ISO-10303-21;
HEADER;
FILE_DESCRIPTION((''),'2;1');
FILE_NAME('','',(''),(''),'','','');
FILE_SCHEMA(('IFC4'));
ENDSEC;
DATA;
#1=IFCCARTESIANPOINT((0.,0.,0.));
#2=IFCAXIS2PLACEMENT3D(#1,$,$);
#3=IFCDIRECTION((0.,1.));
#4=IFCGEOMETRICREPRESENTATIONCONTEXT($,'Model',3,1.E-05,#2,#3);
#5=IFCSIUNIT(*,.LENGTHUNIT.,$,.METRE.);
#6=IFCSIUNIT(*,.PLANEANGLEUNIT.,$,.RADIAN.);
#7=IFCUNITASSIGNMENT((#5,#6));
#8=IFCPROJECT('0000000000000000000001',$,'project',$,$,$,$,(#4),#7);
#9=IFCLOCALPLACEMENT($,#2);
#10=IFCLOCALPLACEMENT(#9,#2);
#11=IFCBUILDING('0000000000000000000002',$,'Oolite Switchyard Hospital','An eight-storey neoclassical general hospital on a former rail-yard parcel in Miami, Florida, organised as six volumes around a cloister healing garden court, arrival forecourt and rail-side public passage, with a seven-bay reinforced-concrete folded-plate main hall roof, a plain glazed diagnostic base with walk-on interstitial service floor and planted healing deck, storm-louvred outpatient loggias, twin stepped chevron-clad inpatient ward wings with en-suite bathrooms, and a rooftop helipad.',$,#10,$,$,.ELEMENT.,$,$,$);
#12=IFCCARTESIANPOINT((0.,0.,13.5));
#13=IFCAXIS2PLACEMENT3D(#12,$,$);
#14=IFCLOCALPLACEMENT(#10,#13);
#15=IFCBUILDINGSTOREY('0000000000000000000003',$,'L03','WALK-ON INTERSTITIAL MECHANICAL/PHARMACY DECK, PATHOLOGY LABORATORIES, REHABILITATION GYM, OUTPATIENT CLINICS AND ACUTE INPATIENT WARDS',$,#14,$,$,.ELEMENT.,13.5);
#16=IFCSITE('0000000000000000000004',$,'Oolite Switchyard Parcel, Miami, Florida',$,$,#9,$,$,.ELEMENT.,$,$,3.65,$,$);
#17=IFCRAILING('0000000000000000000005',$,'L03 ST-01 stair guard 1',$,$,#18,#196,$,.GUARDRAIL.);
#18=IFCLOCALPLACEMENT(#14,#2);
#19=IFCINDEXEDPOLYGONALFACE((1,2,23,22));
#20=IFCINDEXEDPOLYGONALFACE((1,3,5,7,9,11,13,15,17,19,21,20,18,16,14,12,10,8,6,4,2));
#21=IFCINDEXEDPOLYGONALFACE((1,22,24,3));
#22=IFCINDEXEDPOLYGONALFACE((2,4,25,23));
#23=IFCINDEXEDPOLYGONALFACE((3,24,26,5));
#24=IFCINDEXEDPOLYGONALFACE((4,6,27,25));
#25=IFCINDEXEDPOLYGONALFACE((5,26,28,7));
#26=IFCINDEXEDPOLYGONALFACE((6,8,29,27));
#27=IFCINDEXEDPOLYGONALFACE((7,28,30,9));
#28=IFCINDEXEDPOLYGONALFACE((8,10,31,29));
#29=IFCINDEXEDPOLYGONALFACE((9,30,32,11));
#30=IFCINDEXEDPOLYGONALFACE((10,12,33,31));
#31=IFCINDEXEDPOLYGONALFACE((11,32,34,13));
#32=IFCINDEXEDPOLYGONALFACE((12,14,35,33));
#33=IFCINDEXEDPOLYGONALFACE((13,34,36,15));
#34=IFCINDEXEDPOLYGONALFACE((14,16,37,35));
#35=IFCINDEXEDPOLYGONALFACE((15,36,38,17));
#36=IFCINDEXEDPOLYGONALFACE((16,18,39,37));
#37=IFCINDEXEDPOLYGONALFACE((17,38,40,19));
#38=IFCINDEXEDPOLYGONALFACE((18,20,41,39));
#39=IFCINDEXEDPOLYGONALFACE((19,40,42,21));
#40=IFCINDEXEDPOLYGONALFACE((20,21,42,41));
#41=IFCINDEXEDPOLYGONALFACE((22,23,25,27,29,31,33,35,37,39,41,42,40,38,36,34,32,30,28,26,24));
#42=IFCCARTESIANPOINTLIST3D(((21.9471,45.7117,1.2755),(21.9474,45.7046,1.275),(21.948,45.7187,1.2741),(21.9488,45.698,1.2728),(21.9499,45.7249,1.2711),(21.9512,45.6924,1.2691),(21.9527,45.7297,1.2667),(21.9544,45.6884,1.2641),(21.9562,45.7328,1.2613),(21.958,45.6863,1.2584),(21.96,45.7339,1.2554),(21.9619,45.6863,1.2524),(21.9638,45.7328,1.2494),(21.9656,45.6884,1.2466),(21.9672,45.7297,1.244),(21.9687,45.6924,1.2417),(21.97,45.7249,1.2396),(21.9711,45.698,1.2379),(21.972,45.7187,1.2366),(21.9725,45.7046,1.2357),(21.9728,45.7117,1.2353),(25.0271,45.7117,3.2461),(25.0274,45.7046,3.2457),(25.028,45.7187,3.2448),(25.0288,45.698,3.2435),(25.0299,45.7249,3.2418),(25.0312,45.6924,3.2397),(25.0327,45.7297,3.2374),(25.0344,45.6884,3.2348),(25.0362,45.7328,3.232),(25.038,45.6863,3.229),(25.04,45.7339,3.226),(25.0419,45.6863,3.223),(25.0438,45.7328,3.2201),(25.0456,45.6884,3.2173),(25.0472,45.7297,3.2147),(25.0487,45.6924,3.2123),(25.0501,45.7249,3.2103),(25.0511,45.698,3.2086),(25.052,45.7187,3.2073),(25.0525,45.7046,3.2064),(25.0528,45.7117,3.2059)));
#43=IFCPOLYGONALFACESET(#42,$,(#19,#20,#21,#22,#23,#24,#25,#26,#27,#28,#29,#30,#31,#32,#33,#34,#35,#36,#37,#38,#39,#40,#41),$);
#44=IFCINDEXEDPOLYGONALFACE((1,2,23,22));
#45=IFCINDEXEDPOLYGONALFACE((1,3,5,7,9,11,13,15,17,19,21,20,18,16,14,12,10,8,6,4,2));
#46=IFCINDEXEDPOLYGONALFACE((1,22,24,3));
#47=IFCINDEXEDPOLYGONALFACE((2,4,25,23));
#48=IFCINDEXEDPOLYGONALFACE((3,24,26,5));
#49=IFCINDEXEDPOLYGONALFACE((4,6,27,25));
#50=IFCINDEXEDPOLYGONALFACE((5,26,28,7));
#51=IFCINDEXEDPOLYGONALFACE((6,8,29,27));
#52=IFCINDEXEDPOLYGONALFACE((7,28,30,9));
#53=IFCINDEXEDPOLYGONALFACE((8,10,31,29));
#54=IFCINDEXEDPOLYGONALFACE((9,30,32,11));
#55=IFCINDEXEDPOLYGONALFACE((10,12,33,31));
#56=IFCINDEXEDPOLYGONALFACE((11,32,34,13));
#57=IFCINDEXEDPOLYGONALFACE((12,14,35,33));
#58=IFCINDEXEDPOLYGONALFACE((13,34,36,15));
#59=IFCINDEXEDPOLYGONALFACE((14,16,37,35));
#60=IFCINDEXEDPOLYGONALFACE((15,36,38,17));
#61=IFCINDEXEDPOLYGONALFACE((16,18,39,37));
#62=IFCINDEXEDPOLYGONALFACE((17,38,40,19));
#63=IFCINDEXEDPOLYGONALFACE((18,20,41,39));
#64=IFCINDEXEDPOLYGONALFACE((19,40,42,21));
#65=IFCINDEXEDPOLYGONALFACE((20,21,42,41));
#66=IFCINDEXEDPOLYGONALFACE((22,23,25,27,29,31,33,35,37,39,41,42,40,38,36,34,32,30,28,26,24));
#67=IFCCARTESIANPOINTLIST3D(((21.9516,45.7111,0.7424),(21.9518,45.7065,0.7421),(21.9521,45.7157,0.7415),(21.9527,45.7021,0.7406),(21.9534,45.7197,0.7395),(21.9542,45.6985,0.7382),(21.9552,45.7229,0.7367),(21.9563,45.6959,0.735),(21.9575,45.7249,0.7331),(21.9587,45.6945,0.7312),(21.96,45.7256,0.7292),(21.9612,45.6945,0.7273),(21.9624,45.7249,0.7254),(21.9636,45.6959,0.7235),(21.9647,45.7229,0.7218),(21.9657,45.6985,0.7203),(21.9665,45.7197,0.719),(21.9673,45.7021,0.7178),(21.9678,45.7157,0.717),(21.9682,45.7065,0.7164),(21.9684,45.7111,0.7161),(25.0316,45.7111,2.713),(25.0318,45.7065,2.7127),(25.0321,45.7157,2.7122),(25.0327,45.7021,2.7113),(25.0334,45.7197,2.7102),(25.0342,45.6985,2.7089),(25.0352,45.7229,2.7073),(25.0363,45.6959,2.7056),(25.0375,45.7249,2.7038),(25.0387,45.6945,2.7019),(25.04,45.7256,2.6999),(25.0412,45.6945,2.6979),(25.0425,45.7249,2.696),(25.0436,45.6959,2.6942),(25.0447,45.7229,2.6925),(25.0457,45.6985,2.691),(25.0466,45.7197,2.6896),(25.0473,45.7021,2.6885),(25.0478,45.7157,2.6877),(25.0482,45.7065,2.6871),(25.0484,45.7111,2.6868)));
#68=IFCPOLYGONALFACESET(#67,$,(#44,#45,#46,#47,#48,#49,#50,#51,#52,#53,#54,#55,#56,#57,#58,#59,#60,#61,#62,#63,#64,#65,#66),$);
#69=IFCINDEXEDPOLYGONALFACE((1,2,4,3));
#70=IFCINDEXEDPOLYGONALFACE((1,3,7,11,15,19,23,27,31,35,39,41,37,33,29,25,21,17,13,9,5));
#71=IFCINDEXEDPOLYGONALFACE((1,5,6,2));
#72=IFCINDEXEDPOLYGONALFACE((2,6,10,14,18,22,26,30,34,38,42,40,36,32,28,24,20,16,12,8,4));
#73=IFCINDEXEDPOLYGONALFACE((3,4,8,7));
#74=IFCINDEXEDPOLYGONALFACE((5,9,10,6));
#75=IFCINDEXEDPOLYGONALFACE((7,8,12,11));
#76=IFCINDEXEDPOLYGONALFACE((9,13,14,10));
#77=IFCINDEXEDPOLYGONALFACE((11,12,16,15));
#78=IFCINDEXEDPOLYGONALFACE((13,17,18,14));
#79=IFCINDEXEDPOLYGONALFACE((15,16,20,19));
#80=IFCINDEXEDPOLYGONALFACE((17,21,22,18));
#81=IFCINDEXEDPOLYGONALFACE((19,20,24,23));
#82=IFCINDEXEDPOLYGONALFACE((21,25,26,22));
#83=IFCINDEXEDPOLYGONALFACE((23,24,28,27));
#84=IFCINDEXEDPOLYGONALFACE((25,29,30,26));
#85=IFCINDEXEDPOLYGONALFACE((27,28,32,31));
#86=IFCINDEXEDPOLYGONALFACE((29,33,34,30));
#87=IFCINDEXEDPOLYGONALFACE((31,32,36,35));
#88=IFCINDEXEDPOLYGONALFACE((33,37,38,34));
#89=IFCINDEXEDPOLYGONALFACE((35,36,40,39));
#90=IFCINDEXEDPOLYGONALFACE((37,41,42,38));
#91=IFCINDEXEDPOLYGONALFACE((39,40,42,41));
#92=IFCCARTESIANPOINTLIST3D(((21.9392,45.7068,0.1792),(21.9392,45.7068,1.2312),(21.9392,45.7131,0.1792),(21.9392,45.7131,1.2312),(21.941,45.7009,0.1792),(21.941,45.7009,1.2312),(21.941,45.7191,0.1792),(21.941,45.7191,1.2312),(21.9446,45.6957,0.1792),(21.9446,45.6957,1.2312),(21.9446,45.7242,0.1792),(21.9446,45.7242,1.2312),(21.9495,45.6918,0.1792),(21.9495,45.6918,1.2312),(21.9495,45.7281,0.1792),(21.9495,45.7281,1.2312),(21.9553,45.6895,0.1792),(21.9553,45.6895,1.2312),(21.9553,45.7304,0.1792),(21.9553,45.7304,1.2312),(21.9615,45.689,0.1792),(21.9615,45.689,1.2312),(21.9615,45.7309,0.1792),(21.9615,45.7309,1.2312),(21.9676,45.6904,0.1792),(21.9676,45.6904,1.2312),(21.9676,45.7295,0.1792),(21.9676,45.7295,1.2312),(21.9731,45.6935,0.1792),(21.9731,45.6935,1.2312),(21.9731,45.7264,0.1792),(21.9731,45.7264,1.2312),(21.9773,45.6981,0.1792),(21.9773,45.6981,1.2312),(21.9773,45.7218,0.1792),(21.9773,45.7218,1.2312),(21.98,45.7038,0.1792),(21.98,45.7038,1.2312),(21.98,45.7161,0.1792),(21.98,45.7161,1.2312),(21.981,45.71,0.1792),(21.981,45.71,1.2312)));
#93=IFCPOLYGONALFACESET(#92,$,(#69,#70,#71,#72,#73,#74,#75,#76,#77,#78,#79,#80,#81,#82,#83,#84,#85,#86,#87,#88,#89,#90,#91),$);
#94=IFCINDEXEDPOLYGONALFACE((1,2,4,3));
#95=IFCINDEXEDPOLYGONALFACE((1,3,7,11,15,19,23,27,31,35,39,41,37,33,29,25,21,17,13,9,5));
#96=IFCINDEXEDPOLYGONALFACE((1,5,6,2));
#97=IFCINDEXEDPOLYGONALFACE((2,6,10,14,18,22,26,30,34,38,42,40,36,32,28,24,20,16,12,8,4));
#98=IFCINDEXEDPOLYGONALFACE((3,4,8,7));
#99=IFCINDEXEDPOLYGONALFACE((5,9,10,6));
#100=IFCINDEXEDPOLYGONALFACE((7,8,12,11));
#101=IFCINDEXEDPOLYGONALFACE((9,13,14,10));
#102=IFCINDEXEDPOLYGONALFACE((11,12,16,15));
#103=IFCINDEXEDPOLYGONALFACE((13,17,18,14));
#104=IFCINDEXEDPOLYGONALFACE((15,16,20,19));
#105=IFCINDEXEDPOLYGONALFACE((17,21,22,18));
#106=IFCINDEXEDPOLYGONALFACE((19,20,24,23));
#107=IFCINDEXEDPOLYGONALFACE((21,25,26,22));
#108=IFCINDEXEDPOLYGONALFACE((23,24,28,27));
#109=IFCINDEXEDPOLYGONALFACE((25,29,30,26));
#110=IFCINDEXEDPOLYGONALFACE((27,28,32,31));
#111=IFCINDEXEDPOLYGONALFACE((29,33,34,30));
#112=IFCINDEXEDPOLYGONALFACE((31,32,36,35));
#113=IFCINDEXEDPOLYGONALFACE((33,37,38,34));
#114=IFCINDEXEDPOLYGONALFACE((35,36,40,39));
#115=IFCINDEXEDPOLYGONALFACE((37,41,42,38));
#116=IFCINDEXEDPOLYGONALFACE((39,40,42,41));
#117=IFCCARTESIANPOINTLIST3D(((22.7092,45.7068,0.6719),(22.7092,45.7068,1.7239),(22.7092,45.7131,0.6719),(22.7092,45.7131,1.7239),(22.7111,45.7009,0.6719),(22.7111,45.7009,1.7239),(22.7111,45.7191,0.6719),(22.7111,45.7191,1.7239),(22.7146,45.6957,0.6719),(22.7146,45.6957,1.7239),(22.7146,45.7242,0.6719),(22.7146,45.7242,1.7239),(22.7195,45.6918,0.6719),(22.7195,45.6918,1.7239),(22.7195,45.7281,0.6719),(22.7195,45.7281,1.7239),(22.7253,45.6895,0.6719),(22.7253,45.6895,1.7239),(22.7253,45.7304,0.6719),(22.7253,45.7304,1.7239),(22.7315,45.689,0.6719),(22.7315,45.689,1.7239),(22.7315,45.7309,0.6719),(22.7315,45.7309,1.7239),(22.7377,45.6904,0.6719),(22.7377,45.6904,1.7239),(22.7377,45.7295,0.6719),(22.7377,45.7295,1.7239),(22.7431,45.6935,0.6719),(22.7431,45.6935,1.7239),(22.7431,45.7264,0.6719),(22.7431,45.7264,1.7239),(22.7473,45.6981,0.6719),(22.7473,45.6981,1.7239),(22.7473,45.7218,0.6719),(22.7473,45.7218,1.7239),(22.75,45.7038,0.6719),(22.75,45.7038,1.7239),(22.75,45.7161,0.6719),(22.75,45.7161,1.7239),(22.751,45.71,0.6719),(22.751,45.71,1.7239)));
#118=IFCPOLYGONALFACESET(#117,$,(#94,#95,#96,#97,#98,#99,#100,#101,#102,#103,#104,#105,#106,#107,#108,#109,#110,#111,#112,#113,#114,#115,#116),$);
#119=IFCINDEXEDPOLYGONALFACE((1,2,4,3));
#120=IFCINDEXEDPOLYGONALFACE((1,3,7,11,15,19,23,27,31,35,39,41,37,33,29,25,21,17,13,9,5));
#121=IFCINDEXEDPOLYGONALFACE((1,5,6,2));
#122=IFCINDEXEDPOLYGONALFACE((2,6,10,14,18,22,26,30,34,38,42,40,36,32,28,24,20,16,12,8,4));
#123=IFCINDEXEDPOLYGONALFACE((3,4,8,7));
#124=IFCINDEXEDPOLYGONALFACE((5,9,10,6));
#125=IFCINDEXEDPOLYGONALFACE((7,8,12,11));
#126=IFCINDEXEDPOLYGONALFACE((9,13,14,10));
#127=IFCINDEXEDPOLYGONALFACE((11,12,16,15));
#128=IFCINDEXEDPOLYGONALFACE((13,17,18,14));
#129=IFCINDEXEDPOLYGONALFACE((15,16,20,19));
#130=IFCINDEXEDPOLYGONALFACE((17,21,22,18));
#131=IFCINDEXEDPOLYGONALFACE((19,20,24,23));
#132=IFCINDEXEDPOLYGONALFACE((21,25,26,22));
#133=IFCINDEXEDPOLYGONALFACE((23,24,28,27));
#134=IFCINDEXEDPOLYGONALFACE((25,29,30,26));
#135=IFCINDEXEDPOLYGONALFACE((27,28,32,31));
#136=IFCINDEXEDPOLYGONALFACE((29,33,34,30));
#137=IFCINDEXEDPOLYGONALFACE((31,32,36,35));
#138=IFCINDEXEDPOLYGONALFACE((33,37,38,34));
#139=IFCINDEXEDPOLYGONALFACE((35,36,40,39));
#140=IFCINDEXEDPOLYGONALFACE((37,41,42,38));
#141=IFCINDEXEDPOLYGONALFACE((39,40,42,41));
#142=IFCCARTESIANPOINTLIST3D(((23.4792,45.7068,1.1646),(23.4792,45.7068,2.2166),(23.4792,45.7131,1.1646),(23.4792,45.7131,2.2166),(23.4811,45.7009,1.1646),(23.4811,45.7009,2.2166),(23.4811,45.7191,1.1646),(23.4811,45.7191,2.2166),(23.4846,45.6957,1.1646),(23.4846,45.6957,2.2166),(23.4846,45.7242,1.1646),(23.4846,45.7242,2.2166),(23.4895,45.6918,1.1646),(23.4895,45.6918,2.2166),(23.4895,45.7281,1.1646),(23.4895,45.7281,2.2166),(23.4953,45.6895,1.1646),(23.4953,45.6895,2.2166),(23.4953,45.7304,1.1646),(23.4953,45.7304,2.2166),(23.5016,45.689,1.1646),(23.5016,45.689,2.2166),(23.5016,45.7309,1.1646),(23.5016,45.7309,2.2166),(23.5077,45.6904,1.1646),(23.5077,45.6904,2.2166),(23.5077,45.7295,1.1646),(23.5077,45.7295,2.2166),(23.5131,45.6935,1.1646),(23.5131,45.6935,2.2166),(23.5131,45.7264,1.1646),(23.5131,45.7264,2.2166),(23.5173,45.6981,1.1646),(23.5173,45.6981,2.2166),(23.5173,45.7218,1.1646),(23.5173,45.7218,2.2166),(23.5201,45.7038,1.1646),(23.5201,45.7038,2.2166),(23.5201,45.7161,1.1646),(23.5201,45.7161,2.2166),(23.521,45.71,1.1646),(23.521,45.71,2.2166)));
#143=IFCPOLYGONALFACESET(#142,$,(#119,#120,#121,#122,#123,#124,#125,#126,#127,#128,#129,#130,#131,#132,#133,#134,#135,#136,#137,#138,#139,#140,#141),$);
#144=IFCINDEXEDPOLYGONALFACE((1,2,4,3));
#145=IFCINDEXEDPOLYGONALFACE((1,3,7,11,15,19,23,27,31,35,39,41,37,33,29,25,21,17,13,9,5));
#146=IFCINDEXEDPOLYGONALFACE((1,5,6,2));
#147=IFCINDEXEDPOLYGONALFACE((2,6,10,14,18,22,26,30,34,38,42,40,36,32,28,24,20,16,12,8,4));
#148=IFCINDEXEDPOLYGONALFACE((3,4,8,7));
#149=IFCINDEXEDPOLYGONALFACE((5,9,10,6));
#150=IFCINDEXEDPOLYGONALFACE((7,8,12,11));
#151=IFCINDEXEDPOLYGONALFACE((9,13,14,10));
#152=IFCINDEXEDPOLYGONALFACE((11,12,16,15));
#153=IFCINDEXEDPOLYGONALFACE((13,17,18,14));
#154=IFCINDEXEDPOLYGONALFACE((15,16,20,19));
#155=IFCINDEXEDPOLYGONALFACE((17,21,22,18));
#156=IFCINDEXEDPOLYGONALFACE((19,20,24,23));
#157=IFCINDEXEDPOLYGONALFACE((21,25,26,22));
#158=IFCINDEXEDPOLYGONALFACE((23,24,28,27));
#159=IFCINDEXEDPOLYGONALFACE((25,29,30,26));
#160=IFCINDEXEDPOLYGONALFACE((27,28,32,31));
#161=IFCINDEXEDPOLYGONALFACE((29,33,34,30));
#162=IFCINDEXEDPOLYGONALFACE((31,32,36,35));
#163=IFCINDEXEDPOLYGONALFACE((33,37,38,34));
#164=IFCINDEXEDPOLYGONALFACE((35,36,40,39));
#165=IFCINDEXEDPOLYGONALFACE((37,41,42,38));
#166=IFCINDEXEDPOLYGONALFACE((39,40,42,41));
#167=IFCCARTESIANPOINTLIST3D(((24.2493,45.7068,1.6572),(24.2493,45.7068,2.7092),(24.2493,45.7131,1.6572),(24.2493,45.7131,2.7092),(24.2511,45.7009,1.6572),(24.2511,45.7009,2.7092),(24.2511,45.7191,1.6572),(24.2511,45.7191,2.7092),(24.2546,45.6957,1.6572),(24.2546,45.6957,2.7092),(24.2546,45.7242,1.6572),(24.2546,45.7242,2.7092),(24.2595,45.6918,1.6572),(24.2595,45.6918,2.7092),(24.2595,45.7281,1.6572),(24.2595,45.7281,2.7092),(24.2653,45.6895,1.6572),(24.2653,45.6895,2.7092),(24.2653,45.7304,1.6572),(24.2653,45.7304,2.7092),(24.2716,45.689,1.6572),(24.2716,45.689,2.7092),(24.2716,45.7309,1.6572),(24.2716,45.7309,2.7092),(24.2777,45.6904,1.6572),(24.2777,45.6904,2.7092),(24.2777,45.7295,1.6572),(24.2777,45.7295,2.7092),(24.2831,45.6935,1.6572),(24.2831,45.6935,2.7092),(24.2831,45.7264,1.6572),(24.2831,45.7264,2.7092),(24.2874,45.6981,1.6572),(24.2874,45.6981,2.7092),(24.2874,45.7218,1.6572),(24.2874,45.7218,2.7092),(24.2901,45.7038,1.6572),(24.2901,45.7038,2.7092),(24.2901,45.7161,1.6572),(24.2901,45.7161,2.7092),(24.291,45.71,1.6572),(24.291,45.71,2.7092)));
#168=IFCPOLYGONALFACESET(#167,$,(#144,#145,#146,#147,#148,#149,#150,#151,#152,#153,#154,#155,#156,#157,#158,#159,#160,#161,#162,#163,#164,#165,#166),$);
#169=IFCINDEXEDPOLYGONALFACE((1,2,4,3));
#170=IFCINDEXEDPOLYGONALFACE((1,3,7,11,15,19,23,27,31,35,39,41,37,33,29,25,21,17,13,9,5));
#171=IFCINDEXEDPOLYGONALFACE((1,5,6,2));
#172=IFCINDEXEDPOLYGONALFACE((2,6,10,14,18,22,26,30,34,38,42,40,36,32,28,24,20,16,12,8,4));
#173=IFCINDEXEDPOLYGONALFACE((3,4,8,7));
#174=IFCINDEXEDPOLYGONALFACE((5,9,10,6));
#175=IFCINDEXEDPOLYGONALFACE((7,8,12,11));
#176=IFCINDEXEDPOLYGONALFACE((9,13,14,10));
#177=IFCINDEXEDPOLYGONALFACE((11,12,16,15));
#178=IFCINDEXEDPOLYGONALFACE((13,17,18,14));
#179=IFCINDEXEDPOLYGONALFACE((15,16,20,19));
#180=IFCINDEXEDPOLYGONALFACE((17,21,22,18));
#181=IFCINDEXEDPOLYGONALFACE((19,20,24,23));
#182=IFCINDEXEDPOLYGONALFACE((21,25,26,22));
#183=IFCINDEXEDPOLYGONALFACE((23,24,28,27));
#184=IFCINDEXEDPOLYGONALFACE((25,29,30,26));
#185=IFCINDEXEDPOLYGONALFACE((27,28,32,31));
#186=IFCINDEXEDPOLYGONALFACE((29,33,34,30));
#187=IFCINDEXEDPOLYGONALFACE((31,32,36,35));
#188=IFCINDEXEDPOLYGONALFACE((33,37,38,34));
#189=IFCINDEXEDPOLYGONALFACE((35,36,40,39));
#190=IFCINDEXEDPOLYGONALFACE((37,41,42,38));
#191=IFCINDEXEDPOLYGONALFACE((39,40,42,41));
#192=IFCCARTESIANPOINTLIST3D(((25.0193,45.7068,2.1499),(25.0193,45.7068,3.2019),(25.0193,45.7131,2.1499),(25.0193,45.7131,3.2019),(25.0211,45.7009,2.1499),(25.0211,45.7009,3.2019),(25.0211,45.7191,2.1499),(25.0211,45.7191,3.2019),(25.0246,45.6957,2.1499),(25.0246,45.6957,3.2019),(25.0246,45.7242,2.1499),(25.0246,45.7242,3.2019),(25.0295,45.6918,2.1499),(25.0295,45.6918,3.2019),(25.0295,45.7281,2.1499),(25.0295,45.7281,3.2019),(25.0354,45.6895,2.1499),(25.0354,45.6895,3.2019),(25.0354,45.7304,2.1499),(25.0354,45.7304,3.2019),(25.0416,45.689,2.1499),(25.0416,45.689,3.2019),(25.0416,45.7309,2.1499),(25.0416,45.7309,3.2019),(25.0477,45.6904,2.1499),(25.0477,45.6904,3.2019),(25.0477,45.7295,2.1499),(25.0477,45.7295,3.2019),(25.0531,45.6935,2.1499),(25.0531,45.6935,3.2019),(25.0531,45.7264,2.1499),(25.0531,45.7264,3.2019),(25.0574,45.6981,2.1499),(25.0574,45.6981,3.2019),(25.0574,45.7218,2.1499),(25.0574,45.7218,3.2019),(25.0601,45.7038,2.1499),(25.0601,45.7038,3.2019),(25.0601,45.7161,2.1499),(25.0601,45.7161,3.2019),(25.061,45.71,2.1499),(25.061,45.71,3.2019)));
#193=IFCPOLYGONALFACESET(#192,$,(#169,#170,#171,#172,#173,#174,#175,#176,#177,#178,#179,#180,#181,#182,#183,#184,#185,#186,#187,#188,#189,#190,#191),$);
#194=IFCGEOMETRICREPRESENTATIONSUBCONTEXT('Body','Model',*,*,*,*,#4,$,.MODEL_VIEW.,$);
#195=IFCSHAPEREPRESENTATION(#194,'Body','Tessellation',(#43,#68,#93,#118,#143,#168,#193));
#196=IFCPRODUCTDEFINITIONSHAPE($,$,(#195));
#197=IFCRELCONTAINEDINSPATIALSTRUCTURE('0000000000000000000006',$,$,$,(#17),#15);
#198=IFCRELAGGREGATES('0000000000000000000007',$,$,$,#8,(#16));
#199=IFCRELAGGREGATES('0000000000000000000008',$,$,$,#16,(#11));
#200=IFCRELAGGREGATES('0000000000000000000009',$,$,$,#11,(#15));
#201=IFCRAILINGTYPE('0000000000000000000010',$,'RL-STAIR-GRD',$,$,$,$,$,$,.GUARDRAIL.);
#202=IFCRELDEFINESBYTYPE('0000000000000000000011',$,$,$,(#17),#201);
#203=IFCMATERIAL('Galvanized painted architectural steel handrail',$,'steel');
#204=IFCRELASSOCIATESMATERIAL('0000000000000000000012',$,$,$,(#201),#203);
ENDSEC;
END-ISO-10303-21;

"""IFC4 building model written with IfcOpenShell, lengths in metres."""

from ifc_helpers import new_model, si_unit, direction, frame, origin, origin_2d, place, context, subcontext, project, spatial, circle, extrude, material, type_object, element, save


model = new_model("IFC4")

# Units and contexts
model_context = context("Model", 3, precision=1e-05, world=origin(), true_north=direction((0.0, 1.0)))
body_context = subcontext(model_context, "Body", "Model", "MODEL_VIEW")
ifc_project = project(units=[si_unit("LENGTHUNIT", "METRE"), si_unit("PLANEANGLEUNIT", "RADIAN")], contexts=[model_context])

# Site, building, storey
site_placement = place(None, origin())
site = spatial("IfcSite", under=ifc_project, at=site_placement, Name="Oolite Switchyard Parcel, Miami, Florida", CompositionType="ELEMENT", RefElevation=3.65)
building_placement = place(site_placement, origin())
building = spatial("IfcBuilding", under=site, at=building_placement, Name="Oolite Switchyard Hospital", Description="An eight-storey neoclassical general hospital on a former rail-yard parcel in Miami, Florida, organised as six volumes around a cloister healing garden court, arrival forecourt and rail-side public passage, with a seven-bay reinforced-concrete folded-plate main hall roof, a plain glazed diagnostic base with walk-on interstitial service floor and planted healing deck, storm-louvred outpatient loggias, twin stepped chevron-clad inpatient ward wings with en-suite bathrooms, and a rooftop helipad.", CompositionType="ELEMENT")
storey_placement = place(building_placement, frame((0.0, 0.0, 13.5)))
storey = spatial("IfcBuildingStorey", under=building, at=storey_placement, Name="L03", Description="WALK-ON INTERSTITIAL MECHANICAL/PHARMACY DECK, PATHOLOGY LABORATORIES, REHABILITATION GYM, OUTPATIENT CLINICS AND ACUTE INPATIENT WARDS", CompositionType="ELEMENT", Elevation=13.5)

# Railing
ifc_material_1 = material(Name="Galvanized painted architectural steel handrail", Category="steel")
railing_type_1 = type_object("IfcRailingType", Name="RL-STAIR-GRD", PredefinedType="GUARDRAIL", material=ifc_material_1)
railing_1_placement = place(storey_placement, frame((21.96, 45.71, 0.1792)))
element("IfcRailing", 1, at=railing_1_placement, inside=storey, type_object=railing_type_1, Name="L03 ST-01 stair guard 1", PredefinedType="GUARDRAIL", context=body_context, shape_type="SweptSolid", body=[
    extrude(circle(Radius=0.0239, at=origin_2d()), frame((0.0, 0.0, 1.0762), z_axis=(0.842339, 0.0, 0.538948), x_axis=(0.0, 1.0, 0.0)), (0.0, 0.0, 1.0), 3.6565),
    extrude(circle(Radius=0.0156, at=origin_2d()), frame((0.0, 0.0, 0.55), z_axis=(0.842339, 0.0, 0.538948), x_axis=(0.0, 1.0, 0.0)), (0.0, 0.0, 1.0), 3.6565),
    extrude(circle(Radius=0.021, at=origin_2d()), origin(), (0.0, 0.0, 1.0), 1.052),
    extrude(circle(Radius=0.021, at=origin_2d()), frame((0.77, 0.0, 0.4927)), (0.0, 0.0, 1.0), 1.052),
    extrude(circle(Radius=0.021, at=origin_2d()), frame((1.54, 0.0, 0.9854)), (0.0, 0.0, 1.0), 1.052),
    extrude(circle(Radius=0.021, at=origin_2d()), frame((2.3101, 0.0, 1.478)), (0.0, 0.0, 1.0), 1.052),
    extrude(circle(Radius=0.021, at=origin_2d()), frame((3.0801, 0.0, 1.9707)), (0.0, 0.0, 1.0), 1.052),
])

save(model, "model.ifc")
